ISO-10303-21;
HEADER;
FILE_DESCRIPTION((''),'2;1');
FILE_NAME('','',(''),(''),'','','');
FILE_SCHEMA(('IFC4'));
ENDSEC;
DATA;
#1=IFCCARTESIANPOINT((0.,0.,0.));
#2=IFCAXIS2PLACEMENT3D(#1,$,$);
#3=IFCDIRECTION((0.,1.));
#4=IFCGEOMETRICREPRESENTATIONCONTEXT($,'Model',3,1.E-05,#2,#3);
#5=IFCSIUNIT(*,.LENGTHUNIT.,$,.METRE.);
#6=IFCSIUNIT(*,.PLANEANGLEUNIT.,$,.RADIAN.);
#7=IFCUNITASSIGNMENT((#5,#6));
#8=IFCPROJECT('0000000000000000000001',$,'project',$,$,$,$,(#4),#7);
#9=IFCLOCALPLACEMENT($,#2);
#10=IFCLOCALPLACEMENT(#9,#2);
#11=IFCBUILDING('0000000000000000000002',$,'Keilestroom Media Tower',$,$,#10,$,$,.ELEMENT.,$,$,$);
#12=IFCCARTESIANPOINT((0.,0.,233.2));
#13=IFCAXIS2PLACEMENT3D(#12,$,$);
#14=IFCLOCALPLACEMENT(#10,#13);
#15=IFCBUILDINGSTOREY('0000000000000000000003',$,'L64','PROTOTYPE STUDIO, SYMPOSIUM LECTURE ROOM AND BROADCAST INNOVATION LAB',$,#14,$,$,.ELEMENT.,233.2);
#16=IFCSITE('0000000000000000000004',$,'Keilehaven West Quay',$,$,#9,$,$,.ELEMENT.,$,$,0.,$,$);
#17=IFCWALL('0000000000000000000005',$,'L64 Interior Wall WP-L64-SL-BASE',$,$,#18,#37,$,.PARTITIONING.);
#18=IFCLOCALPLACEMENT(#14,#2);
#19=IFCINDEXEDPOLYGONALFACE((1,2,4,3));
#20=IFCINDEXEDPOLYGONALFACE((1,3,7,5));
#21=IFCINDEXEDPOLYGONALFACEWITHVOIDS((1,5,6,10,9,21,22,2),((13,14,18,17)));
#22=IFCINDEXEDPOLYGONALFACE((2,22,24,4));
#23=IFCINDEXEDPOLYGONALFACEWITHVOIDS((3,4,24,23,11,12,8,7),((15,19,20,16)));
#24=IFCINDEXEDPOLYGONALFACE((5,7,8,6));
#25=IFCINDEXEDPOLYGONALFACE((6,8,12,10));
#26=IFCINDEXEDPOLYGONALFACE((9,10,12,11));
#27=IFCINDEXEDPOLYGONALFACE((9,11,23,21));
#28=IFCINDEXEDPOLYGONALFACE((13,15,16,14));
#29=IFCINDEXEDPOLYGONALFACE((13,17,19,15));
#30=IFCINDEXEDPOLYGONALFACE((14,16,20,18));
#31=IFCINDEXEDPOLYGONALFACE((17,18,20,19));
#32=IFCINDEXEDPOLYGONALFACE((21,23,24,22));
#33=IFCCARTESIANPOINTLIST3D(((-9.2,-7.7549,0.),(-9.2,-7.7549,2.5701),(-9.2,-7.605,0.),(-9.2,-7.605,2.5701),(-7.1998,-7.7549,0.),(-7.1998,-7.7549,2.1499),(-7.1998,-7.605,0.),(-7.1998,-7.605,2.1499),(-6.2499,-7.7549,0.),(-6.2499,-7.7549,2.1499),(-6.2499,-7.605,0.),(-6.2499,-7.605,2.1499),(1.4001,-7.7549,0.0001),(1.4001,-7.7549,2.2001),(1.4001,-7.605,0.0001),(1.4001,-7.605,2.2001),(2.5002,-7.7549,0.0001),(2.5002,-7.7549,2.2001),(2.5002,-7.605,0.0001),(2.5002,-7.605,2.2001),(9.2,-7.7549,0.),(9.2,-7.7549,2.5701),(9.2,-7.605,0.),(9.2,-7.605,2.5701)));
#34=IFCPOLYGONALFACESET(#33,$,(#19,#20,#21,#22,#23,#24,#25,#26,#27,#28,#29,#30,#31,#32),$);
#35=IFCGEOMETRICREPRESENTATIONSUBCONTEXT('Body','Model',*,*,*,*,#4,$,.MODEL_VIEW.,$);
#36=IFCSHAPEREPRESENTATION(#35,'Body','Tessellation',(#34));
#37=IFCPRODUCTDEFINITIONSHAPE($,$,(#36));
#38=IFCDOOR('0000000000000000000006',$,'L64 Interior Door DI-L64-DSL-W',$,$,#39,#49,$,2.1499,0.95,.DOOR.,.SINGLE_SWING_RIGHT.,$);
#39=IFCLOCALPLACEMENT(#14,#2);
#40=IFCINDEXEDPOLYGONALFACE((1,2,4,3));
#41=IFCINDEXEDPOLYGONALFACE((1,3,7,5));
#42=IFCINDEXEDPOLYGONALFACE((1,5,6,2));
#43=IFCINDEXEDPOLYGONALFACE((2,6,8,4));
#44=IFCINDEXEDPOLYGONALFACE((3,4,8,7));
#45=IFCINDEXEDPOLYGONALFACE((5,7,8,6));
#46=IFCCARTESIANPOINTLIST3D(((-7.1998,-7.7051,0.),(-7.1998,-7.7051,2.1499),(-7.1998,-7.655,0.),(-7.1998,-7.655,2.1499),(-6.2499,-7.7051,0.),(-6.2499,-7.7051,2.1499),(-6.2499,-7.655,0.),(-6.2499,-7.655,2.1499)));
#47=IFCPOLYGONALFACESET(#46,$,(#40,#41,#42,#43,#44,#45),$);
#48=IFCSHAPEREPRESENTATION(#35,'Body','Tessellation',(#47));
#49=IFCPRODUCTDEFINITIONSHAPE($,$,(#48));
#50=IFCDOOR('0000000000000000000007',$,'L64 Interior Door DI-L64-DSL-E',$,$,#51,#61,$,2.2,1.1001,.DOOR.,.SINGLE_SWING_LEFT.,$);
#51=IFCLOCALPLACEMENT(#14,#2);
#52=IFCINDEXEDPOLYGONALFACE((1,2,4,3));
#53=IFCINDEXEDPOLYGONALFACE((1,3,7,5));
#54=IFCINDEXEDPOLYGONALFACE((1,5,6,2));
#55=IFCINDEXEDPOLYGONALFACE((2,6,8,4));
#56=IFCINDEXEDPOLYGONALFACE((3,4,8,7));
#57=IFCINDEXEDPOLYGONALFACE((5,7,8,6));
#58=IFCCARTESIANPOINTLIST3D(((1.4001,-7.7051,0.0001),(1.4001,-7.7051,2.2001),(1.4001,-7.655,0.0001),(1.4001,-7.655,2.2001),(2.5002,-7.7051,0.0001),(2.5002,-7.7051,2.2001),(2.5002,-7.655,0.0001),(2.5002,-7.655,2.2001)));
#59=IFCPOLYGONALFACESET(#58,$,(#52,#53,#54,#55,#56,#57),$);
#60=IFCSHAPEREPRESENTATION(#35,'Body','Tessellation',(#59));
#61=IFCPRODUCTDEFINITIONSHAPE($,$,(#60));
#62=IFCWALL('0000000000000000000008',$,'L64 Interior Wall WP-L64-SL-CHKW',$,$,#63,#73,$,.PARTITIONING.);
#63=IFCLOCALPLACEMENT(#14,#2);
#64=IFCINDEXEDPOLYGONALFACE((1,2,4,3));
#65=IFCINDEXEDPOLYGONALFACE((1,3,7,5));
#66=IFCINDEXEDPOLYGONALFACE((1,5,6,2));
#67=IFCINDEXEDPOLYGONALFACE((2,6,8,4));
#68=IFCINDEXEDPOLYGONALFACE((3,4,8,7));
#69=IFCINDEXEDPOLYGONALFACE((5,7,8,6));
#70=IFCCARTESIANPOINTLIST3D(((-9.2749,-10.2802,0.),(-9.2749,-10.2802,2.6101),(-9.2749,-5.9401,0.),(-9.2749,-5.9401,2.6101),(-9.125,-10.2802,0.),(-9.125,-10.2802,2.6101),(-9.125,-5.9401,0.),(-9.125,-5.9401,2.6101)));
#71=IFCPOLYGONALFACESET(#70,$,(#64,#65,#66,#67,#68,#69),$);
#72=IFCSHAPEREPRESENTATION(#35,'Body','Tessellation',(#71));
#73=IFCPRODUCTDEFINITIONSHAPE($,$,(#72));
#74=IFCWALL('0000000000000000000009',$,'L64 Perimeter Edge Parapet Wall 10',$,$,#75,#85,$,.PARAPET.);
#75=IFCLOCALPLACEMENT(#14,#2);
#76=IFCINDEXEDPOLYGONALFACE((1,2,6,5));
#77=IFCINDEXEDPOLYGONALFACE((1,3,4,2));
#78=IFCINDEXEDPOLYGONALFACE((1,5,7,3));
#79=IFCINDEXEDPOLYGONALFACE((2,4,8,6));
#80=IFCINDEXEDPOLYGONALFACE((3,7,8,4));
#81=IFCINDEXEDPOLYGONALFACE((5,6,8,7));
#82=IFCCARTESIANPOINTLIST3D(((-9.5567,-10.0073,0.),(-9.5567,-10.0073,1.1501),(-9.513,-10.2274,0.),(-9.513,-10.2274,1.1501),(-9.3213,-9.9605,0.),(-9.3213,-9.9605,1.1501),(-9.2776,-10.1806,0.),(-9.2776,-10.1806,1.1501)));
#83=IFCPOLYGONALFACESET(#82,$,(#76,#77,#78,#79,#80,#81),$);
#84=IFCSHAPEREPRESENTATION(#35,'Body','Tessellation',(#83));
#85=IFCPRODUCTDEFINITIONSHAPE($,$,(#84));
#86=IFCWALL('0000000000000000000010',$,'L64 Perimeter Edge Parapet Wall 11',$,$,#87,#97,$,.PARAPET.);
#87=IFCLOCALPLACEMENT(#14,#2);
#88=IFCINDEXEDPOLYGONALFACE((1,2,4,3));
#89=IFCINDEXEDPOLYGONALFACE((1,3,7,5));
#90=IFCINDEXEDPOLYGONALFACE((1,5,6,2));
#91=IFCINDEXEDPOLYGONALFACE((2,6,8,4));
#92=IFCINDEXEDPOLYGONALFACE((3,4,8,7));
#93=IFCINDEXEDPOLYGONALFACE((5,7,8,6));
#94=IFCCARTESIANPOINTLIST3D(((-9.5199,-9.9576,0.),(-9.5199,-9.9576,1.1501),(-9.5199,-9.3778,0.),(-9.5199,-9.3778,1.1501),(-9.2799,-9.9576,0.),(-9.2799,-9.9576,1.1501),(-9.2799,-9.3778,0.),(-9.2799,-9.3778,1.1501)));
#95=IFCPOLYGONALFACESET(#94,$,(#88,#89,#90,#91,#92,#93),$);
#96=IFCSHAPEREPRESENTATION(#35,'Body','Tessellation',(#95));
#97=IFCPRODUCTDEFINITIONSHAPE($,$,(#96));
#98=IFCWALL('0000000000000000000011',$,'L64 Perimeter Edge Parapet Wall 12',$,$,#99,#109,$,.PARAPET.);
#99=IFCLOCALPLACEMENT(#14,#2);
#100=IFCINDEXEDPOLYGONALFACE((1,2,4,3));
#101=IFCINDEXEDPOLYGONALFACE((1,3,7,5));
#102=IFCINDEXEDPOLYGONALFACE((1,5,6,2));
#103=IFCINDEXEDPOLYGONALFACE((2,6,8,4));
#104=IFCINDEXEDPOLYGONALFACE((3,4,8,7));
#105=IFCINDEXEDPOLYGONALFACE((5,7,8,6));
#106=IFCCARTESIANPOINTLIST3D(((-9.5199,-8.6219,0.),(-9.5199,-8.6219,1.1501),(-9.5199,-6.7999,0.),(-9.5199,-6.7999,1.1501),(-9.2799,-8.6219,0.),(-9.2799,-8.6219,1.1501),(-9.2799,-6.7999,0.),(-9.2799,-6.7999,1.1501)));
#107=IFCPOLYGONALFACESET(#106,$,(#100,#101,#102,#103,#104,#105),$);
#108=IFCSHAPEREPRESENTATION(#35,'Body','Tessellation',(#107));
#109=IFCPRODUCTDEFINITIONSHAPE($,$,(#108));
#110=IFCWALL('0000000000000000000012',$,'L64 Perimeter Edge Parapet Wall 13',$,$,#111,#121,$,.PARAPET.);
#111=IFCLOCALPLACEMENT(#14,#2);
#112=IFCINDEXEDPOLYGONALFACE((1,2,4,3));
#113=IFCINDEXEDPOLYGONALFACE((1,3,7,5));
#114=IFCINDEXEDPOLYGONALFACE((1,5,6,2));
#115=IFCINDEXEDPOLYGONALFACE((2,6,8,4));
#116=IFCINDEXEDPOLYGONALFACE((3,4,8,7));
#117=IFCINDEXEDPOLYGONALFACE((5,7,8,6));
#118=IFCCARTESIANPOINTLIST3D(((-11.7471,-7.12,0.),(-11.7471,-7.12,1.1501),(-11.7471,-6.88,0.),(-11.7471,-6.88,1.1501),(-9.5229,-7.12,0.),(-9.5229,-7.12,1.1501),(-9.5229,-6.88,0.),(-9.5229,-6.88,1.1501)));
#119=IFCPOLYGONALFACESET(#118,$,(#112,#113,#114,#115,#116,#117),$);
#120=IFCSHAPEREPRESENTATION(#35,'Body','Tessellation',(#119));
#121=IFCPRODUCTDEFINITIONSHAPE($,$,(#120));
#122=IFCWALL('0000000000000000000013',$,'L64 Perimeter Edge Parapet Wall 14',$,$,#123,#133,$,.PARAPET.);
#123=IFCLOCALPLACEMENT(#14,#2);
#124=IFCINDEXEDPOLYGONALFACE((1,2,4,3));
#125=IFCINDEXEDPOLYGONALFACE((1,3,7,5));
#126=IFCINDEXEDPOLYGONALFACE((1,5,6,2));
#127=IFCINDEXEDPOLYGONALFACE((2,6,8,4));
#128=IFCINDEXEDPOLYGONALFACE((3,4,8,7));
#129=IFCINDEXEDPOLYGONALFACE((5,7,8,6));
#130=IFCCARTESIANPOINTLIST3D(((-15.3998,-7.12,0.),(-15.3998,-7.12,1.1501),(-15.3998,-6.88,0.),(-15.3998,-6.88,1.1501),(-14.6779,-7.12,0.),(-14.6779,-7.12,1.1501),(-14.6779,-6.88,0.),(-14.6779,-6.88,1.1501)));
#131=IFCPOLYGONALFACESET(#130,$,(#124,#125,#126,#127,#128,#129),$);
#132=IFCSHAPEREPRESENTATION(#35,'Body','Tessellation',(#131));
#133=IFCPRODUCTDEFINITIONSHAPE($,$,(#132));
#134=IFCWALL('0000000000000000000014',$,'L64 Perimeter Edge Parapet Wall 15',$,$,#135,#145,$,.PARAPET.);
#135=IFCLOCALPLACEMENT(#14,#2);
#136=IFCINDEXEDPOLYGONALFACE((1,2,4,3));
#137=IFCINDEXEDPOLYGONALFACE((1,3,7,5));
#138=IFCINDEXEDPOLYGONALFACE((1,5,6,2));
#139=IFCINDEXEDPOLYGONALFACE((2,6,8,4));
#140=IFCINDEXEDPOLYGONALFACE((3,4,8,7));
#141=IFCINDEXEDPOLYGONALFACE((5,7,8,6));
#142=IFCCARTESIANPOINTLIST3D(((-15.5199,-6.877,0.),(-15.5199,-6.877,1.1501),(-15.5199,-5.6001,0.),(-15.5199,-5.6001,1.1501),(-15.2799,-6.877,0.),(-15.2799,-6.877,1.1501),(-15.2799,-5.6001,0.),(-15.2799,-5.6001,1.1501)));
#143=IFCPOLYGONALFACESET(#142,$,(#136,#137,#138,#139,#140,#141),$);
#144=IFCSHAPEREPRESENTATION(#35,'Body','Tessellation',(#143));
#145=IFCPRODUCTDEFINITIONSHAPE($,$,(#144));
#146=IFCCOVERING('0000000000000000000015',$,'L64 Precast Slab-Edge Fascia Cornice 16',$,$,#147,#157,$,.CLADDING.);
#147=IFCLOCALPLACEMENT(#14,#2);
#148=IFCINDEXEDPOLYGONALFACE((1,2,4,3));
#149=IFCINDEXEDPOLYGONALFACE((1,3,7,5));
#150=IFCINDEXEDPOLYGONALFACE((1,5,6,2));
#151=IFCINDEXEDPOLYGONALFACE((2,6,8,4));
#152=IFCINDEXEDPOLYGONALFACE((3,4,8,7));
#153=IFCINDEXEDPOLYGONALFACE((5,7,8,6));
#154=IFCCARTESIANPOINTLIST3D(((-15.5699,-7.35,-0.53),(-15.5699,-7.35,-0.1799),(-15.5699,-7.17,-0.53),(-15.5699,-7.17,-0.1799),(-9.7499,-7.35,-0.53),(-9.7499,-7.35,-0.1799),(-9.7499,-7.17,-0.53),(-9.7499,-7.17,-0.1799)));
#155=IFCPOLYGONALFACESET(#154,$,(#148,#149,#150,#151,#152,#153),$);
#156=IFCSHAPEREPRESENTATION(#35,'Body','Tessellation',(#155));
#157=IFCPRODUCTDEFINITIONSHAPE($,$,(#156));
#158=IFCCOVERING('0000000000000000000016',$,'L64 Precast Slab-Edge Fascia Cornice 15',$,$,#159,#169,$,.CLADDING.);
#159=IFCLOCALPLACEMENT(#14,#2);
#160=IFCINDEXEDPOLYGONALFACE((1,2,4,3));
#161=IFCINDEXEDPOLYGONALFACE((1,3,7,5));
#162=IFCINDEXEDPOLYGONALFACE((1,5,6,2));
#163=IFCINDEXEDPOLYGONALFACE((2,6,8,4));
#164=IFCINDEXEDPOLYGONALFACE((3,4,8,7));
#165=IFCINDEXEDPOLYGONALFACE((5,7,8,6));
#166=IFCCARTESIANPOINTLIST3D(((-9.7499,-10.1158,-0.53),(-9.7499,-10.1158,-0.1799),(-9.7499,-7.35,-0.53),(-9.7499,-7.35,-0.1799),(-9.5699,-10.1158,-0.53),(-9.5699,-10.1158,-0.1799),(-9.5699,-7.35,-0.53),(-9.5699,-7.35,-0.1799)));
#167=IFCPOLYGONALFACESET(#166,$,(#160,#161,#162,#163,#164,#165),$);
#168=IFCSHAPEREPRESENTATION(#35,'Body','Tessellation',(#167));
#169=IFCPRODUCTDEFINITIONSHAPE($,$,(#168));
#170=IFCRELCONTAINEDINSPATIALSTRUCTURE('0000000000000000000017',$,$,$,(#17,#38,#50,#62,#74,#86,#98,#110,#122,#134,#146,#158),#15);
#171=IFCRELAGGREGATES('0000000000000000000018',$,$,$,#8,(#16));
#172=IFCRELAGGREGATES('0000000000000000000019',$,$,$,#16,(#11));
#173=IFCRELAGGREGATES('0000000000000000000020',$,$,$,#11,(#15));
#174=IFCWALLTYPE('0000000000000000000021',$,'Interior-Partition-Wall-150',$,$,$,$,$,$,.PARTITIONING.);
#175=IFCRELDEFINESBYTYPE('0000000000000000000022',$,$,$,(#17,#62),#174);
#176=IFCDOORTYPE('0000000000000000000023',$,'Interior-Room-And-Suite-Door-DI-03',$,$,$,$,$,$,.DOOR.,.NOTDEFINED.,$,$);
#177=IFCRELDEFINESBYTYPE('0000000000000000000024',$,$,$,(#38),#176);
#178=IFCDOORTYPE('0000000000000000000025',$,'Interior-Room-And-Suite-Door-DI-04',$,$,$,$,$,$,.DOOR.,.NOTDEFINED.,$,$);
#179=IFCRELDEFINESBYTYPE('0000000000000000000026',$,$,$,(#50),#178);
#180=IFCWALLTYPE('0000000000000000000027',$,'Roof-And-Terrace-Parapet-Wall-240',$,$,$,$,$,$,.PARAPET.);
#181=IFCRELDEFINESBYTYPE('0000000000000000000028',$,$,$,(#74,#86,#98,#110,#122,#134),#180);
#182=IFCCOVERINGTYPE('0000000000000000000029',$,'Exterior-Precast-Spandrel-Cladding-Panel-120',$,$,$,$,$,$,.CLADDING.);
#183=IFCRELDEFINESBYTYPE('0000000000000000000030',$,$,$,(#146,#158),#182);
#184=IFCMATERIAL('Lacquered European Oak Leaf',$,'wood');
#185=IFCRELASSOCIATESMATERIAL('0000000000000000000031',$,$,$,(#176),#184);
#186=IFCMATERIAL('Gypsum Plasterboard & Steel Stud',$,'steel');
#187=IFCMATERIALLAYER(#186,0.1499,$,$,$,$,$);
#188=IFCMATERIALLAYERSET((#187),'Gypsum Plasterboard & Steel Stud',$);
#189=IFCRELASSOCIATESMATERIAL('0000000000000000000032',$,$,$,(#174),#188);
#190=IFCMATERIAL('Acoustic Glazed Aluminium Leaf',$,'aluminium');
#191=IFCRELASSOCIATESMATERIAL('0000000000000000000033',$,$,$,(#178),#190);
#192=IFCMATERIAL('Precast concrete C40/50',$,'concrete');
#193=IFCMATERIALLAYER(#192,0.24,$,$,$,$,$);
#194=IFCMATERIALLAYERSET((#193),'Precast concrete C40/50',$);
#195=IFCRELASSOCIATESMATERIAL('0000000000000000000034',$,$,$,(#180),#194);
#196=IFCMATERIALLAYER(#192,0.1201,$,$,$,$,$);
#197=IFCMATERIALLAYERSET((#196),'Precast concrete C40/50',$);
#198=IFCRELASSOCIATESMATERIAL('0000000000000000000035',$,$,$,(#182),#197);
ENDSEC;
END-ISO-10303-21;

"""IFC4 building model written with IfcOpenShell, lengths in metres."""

from ifc_helpers import new_model, si_unit, direction, frame, frame_2d, origin, origin_2d, place, context, subcontext, project, spatial, rectangle, extrude, source, transform, mapped, material, layer, layer_set, type_object, element, fill, save


model = new_model("IFC4")

# Units and contexts
model_context = context("Model", 3, precision=1e-05, world=origin(), true_north=direction((0.0, 1.0)))
body_context = subcontext(model_context, "Body", "Model", "MODEL_VIEW")
ifc_project = project(units=[si_unit("LENGTHUNIT", "METRE"), si_unit("PLANEANGLEUNIT", "RADIAN")], contexts=[model_context])

# Site, building, storey
site_placement = place(None, origin())
site = spatial("IfcSite", under=ifc_project, at=site_placement, Name="Keilehaven West Quay", CompositionType="ELEMENT", RefElevation=0.0)
building_placement = place(site_placement, origin())
building = spatial("IfcBuilding", under=site, at=building_placement, Name="Keilestroom Media Tower", CompositionType="ELEMENT")
storey_placement = place(building_placement, frame((0.0, 0.0, 233.2)))
storey = spatial("IfcBuildingStorey", under=building, at=storey_placement, Name="L64", Description="PROTOTYPE STUDIO, SYMPOSIUM LECTURE ROOM AND BROADCAST INNOVATION LAB", CompositionType="ELEMENT", Elevation=233.2)

# Shared definitions
ifc_material_1 = material(Name="Precast concrete C40/50", Category="concrete")

# Shared definitions
ifc_material_2 = material(Name="Gypsum Plasterboard & Steel Stud", Category="steel")
ifc_material_3 = material(Name="Lacquered European Oak Leaf", Category="wood")
door_type_1 = type_object("IfcDoorType", Name="Interior-Room-And-Suite-Door-DI-03", OperationType="NOTDEFINED", PredefinedType="DOOR", material=ifc_material_3)
shared_shape_1 = source(origin(), body_context, "Body", "SweptSolid", [
    extrude(rectangle(XDim=0.95, YDim=2.1499, at=frame_2d((0.4751, 1.075))), frame((0.0, 0.0249, 0.0), z_axis=(0.0, -1.0, 0.0), x_axis=(1.0, 0.0, 0.0)), (0.0, 0.0, 1.0), 0.05),
])

# Wall, openings, doors
ifc_layer_1 = layer(ifc_material_2, 0.1499)
ifc_layer_set_1 = layer_set([ifc_layer_1], Name="Gypsum Plasterboard & Steel Stud")
wall_type_1 = type_object("IfcWallType", Name="Interior-Partition-Wall-150", PredefinedType="PARTITIONING", material=ifc_layer_set_1)
wall_1_placement = place(storey_placement, frame((-9.2, -7.6799, 0.0), z_axis=(0.0, 0.0, 1.0), x_axis=(1.0, 0.0, 0.0)))
wall_1 = element("IfcWall", 1, at=wall_1_placement, inside=storey, type_object=wall_type_1, Name="L64 Interior Wall WP-L64-SL-BASE", PredefinedType="PARTITIONING", context=body_context, shape_type="SweptSolid", body=[
    extrude(rectangle(XDim=18.3999, YDim=0.1499, at=frame_2d((9.2, 0.0))), origin(), (0.0, 0.0, 1.0), 2.5701),
])
opening_1_placement = place(wall_1_placement, frame((2.0, 0.0, 0.0)))
opening_1 = element("IfcOpeningElement", 2, at=opening_1_placement, cuts=wall_1, PredefinedType="OPENING", context=body_context, shape_type="SweptSolid", body=[
    extrude(rectangle(XDim=0.95, YDim=2.1499, at=frame_2d((0.4751, 1.075))), frame((0.0, 0.085, 0.0), z_axis=(0.0, -1.0, 0.0), x_axis=(1.0, 0.0, 0.0)), (0.0, 0.0, 1.0), 0.1699),
])
opening_2_placement = place(wall_1_placement, frame((10.6001, 0.0, 0.0)))
opening_2 = element("IfcOpeningElement", 3, at=opening_2_placement, cuts=wall_1, PredefinedType="OPENING", context=body_context, shape_type="SweptSolid", body=[
    extrude(rectangle(XDim=1.1001, YDim=2.2, at=frame_2d((0.55, 1.1001))), frame((0.0, 0.085, 0.0), z_axis=(0.0, -1.0, 0.0), x_axis=(1.0, 0.0, 0.0)), (0.0, 0.0, 1.0), 0.1699),
])
door_1_placement = place(opening_1_placement, origin())
door_1 = element("IfcDoor", 4, at=door_1_placement, inside=storey, type_object=door_type_1, Name="L64 Interior Door DI-L64-DSL-W", OperationType="SINGLE_SWING_RIGHT", OverallHeight=2.1499, OverallWidth=0.95, PredefinedType="DOOR", context=body_context, shape_type="MappedRepresentation", body=[
    mapped(shared_shape_1, transform((0.0, 0.0, 0.0), x_axis=(1.0, 0.0, 0.0), y_axis=(0.0, 1.0, 0.0), z_axis=(0.0, 0.0, 1.0), scale=1.0)),
])
fill(opening_1, door_1)
ifc_material_4 = material(Name="Acoustic Glazed Aluminium Leaf", Category="aluminium")
door_type_2 = type_object("IfcDoorType", Name="Interior-Room-And-Suite-Door-DI-04", OperationType="NOTDEFINED", PredefinedType="DOOR", material=ifc_material_4)
shared_shape_2 = source(origin(), body_context, "Body", "SweptSolid", [
    extrude(rectangle(XDim=1.1001, YDim=2.2, at=frame_2d((0.55, 1.1001))), frame((0.0, 0.0249, 0.0), z_axis=(0.0, -1.0, 0.0), x_axis=(1.0, 0.0, 0.0)), (0.0, 0.0, 1.0), 0.05),
])
door_2_placement = place(opening_2_placement, origin())
door_2 = element("IfcDoor", 5, at=door_2_placement, inside=storey, type_object=door_type_2, Name="L64 Interior Door DI-L64-DSL-E", OperationType="SINGLE_SWING_LEFT", OverallHeight=2.2, OverallWidth=1.1001, PredefinedType="DOOR", context=body_context, shape_type="MappedRepresentation", body=[
    mapped(shared_shape_2, transform((0.0, 0.0, 0.0), x_axis=(1.0, 0.0, 0.0), y_axis=(0.0, 1.0, 0.0), z_axis=(0.0, 0.0, 1.0), scale=1.0)),
])
fill(opening_2, door_2)

# Walls
wall_2_placement = place(storey_placement, frame((-9.2, -10.28, 0.0), z_axis=(0.0, 0.0, 1.0), x_axis=(0.0, 1.0, 0.0)))
element("IfcWall", 6, at=wall_2_placement, inside=storey, type_object=wall_type_1, Name="L64 Interior Wall WP-L64-SL-CHKW", PredefinedType="PARTITIONING", context=body_context, shape_type="SweptSolid", body=[
    extrude(rectangle(XDim=4.3401, YDim=0.1499, at=frame_2d((2.1699, 0.0))), origin(), (0.0, 0.0, 1.0), 2.6101),
])
ifc_layer_2 = layer(ifc_material_1, 0.24)
ifc_layer_set_2 = layer_set([ifc_layer_2], Name="Precast concrete C40/50")
wall_type_2 = type_object("IfcWallType", Name="Roof-And-Terrace-Parapet-Wall-240", PredefinedType="PARAPET", material=ifc_layer_set_2)
wall_3_placement = place(storey_placement, frame((-9.3953, -10.2041, 0.0), z_axis=(0.0, 0.0, 1.0), x_axis=(-0.19486, 0.980831, 0.0)))
element("IfcWall", 7, at=wall_3_placement, inside=storey, type_object=wall_type_2, Name="L64 Perimeter Edge Parapet Wall 10", PredefinedType="PARAPET", context=body_context, shape_type="SweptSolid", body=[
    extrude(rectangle(XDim=0.2244, YDim=0.24, at=frame_2d((0.1123, 0.0))), origin(), (0.0, 0.0, 1.0), 1.1501),
])
wall_4_placement = place(storey_placement, frame((-9.3999, -9.9578, 0.0), z_axis=(0.0, 0.0, 1.0), x_axis=(0.0, 1.0, 0.0)))
element("IfcWall", 8, at=wall_4_placement, inside=storey, type_object=wall_type_2, Name="L64 Perimeter Edge Parapet Wall 11", PredefinedType="PARAPET", context=body_context, shape_type="SweptSolid", body=[
    extrude(rectangle(XDim=0.5798, YDim=0.24, at=frame_2d((0.29, 0.0))), origin(), (0.0, 0.0, 1.0), 1.1501),
])
wall_5_placement = place(storey_placement, frame((-9.3999, -8.6221, 0.0), z_axis=(0.0, 0.0, 1.0), x_axis=(0.0, 1.0, 0.0)))
element("IfcWall", 9, at=wall_5_placement, inside=storey, type_object=wall_type_2, Name="L64 Perimeter Edge Parapet Wall 12", PredefinedType="PARAPET", context=body_context, shape_type="SweptSolid", body=[
    extrude(rectangle(XDim=1.822, YDim=0.24, at=frame_2d((0.9111, 0.0))), origin(), (0.0, 0.0, 1.0), 1.1501),
])
wall_6_placement = place(storey_placement, frame((-9.5229, -7.0, 0.0), z_axis=(0.0, 0.0, 1.0), x_axis=(-1.0, 0.0, 0.0)))
element("IfcWall", 10, at=wall_6_placement, inside=storey, type_object=wall_type_2, Name="L64 Perimeter Edge Parapet Wall 13", PredefinedType="PARAPET", context=body_context, shape_type="SweptSolid", body=[
    extrude(rectangle(XDim=2.2241, YDim=0.24, at=frame_2d((1.1121, 0.0))), origin(), (0.0, 0.0, 1.0), 1.1501),
])
wall_7_placement = place(storey_placement, frame((-14.678, -7.0, 0.0), z_axis=(0.0, 0.0, 1.0), x_axis=(-1.0, 0.0, 0.0)))
element("IfcWall", 11, at=wall_7_placement, inside=storey, type_object=wall_type_2, Name="L64 Perimeter Edge Parapet Wall 14", PredefinedType="PARAPET", context=body_context, shape_type="SweptSolid", body=[
    extrude(rectangle(XDim=0.7219, YDim=0.24, at=frame_2d((0.3608, 0.0))), origin(), (0.0, 0.0, 1.0), 1.1501),
])
wall_8_placement = place(storey_placement, frame((-15.3999, -6.877, 0.0), z_axis=(0.0, 0.0, 1.0), x_axis=(0.0, 1.0, 0.0)))
element("IfcWall", 12, at=wall_8_placement, inside=storey, type_object=wall_type_2, Name="L64 Perimeter Edge Parapet Wall 15", PredefinedType="PARAPET", context=body_context, shape_type="SweptSolid", body=[
    extrude(rectangle(XDim=1.2769, YDim=0.24, at=frame_2d((0.6384, 0.0))), origin(), (0.0, 0.0, 1.0), 1.1501),
])

# Coverings
ifc_layer_3 = layer(ifc_material_1, 0.1201)
ifc_layer_set_3 = layer_set([ifc_layer_3], Name="Precast concrete C40/50")
covering_type = type_object("IfcCoveringType", Name="Exterior-Precast-Spandrel-Cladding-Panel-120", PredefinedType="CLADDING", material=ifc_layer_set_3)
shared_shape_3 = source(origin(), body_context, "Body", "SweptSolid", [
    extrude(rectangle(XDim=5.8201, YDim=0.1799, at=origin_2d()), origin(), (0.0, 0.0, 1.0), 0.3501),
])
covering_1_placement = place(storey_placement, frame((-12.6599, -7.26, -0.53), z_axis=(0.0, 0.0, 1.0), x_axis=(-1.0, 0.0, 0.0)))
element("IfcCovering", 13, at=covering_1_placement, inside=storey, type_object=covering_type, Name="L64 Precast Slab-Edge Fascia Cornice 16", PredefinedType="CLADDING", context=body_context, shape_type="MappedRepresentation", body=[
    mapped(shared_shape_3, transform((0.0, 0.0, 0.0), x_axis=(1.0, 0.0, 0.0), y_axis=(0.0, 1.0, 0.0), z_axis=(0.0, 0.0, 1.0), scale=1.0)),
])
shared_shape_4 = source(origin(), body_context, "Body", "SweptSolid", [
    extrude(rectangle(XDim=2.7659, YDim=0.1799, at=origin_2d()), origin(), (0.0, 0.0, 1.0), 0.3501),
])
covering_2_placement = place(storey_placement, frame((-9.6599, -8.7329, -0.53), z_axis=(0.0, 0.0, 1.0), x_axis=(0.0, 1.0, 0.0)))
element("IfcCovering", 14, at=covering_2_placement, inside=storey, type_object=covering_type, Name="L64 Precast Slab-Edge Fascia Cornice 15", PredefinedType="CLADDING", context=body_context, shape_type="MappedRepresentation", body=[
    mapped(shared_shape_4, transform((0.0, 0.0, 0.0), x_axis=(1.0, 0.0, 0.0), y_axis=(0.0, 1.0, 0.0), z_axis=(0.0, 0.0, 1.0), scale=1.0)),
])

save(model, "model.ifc")
